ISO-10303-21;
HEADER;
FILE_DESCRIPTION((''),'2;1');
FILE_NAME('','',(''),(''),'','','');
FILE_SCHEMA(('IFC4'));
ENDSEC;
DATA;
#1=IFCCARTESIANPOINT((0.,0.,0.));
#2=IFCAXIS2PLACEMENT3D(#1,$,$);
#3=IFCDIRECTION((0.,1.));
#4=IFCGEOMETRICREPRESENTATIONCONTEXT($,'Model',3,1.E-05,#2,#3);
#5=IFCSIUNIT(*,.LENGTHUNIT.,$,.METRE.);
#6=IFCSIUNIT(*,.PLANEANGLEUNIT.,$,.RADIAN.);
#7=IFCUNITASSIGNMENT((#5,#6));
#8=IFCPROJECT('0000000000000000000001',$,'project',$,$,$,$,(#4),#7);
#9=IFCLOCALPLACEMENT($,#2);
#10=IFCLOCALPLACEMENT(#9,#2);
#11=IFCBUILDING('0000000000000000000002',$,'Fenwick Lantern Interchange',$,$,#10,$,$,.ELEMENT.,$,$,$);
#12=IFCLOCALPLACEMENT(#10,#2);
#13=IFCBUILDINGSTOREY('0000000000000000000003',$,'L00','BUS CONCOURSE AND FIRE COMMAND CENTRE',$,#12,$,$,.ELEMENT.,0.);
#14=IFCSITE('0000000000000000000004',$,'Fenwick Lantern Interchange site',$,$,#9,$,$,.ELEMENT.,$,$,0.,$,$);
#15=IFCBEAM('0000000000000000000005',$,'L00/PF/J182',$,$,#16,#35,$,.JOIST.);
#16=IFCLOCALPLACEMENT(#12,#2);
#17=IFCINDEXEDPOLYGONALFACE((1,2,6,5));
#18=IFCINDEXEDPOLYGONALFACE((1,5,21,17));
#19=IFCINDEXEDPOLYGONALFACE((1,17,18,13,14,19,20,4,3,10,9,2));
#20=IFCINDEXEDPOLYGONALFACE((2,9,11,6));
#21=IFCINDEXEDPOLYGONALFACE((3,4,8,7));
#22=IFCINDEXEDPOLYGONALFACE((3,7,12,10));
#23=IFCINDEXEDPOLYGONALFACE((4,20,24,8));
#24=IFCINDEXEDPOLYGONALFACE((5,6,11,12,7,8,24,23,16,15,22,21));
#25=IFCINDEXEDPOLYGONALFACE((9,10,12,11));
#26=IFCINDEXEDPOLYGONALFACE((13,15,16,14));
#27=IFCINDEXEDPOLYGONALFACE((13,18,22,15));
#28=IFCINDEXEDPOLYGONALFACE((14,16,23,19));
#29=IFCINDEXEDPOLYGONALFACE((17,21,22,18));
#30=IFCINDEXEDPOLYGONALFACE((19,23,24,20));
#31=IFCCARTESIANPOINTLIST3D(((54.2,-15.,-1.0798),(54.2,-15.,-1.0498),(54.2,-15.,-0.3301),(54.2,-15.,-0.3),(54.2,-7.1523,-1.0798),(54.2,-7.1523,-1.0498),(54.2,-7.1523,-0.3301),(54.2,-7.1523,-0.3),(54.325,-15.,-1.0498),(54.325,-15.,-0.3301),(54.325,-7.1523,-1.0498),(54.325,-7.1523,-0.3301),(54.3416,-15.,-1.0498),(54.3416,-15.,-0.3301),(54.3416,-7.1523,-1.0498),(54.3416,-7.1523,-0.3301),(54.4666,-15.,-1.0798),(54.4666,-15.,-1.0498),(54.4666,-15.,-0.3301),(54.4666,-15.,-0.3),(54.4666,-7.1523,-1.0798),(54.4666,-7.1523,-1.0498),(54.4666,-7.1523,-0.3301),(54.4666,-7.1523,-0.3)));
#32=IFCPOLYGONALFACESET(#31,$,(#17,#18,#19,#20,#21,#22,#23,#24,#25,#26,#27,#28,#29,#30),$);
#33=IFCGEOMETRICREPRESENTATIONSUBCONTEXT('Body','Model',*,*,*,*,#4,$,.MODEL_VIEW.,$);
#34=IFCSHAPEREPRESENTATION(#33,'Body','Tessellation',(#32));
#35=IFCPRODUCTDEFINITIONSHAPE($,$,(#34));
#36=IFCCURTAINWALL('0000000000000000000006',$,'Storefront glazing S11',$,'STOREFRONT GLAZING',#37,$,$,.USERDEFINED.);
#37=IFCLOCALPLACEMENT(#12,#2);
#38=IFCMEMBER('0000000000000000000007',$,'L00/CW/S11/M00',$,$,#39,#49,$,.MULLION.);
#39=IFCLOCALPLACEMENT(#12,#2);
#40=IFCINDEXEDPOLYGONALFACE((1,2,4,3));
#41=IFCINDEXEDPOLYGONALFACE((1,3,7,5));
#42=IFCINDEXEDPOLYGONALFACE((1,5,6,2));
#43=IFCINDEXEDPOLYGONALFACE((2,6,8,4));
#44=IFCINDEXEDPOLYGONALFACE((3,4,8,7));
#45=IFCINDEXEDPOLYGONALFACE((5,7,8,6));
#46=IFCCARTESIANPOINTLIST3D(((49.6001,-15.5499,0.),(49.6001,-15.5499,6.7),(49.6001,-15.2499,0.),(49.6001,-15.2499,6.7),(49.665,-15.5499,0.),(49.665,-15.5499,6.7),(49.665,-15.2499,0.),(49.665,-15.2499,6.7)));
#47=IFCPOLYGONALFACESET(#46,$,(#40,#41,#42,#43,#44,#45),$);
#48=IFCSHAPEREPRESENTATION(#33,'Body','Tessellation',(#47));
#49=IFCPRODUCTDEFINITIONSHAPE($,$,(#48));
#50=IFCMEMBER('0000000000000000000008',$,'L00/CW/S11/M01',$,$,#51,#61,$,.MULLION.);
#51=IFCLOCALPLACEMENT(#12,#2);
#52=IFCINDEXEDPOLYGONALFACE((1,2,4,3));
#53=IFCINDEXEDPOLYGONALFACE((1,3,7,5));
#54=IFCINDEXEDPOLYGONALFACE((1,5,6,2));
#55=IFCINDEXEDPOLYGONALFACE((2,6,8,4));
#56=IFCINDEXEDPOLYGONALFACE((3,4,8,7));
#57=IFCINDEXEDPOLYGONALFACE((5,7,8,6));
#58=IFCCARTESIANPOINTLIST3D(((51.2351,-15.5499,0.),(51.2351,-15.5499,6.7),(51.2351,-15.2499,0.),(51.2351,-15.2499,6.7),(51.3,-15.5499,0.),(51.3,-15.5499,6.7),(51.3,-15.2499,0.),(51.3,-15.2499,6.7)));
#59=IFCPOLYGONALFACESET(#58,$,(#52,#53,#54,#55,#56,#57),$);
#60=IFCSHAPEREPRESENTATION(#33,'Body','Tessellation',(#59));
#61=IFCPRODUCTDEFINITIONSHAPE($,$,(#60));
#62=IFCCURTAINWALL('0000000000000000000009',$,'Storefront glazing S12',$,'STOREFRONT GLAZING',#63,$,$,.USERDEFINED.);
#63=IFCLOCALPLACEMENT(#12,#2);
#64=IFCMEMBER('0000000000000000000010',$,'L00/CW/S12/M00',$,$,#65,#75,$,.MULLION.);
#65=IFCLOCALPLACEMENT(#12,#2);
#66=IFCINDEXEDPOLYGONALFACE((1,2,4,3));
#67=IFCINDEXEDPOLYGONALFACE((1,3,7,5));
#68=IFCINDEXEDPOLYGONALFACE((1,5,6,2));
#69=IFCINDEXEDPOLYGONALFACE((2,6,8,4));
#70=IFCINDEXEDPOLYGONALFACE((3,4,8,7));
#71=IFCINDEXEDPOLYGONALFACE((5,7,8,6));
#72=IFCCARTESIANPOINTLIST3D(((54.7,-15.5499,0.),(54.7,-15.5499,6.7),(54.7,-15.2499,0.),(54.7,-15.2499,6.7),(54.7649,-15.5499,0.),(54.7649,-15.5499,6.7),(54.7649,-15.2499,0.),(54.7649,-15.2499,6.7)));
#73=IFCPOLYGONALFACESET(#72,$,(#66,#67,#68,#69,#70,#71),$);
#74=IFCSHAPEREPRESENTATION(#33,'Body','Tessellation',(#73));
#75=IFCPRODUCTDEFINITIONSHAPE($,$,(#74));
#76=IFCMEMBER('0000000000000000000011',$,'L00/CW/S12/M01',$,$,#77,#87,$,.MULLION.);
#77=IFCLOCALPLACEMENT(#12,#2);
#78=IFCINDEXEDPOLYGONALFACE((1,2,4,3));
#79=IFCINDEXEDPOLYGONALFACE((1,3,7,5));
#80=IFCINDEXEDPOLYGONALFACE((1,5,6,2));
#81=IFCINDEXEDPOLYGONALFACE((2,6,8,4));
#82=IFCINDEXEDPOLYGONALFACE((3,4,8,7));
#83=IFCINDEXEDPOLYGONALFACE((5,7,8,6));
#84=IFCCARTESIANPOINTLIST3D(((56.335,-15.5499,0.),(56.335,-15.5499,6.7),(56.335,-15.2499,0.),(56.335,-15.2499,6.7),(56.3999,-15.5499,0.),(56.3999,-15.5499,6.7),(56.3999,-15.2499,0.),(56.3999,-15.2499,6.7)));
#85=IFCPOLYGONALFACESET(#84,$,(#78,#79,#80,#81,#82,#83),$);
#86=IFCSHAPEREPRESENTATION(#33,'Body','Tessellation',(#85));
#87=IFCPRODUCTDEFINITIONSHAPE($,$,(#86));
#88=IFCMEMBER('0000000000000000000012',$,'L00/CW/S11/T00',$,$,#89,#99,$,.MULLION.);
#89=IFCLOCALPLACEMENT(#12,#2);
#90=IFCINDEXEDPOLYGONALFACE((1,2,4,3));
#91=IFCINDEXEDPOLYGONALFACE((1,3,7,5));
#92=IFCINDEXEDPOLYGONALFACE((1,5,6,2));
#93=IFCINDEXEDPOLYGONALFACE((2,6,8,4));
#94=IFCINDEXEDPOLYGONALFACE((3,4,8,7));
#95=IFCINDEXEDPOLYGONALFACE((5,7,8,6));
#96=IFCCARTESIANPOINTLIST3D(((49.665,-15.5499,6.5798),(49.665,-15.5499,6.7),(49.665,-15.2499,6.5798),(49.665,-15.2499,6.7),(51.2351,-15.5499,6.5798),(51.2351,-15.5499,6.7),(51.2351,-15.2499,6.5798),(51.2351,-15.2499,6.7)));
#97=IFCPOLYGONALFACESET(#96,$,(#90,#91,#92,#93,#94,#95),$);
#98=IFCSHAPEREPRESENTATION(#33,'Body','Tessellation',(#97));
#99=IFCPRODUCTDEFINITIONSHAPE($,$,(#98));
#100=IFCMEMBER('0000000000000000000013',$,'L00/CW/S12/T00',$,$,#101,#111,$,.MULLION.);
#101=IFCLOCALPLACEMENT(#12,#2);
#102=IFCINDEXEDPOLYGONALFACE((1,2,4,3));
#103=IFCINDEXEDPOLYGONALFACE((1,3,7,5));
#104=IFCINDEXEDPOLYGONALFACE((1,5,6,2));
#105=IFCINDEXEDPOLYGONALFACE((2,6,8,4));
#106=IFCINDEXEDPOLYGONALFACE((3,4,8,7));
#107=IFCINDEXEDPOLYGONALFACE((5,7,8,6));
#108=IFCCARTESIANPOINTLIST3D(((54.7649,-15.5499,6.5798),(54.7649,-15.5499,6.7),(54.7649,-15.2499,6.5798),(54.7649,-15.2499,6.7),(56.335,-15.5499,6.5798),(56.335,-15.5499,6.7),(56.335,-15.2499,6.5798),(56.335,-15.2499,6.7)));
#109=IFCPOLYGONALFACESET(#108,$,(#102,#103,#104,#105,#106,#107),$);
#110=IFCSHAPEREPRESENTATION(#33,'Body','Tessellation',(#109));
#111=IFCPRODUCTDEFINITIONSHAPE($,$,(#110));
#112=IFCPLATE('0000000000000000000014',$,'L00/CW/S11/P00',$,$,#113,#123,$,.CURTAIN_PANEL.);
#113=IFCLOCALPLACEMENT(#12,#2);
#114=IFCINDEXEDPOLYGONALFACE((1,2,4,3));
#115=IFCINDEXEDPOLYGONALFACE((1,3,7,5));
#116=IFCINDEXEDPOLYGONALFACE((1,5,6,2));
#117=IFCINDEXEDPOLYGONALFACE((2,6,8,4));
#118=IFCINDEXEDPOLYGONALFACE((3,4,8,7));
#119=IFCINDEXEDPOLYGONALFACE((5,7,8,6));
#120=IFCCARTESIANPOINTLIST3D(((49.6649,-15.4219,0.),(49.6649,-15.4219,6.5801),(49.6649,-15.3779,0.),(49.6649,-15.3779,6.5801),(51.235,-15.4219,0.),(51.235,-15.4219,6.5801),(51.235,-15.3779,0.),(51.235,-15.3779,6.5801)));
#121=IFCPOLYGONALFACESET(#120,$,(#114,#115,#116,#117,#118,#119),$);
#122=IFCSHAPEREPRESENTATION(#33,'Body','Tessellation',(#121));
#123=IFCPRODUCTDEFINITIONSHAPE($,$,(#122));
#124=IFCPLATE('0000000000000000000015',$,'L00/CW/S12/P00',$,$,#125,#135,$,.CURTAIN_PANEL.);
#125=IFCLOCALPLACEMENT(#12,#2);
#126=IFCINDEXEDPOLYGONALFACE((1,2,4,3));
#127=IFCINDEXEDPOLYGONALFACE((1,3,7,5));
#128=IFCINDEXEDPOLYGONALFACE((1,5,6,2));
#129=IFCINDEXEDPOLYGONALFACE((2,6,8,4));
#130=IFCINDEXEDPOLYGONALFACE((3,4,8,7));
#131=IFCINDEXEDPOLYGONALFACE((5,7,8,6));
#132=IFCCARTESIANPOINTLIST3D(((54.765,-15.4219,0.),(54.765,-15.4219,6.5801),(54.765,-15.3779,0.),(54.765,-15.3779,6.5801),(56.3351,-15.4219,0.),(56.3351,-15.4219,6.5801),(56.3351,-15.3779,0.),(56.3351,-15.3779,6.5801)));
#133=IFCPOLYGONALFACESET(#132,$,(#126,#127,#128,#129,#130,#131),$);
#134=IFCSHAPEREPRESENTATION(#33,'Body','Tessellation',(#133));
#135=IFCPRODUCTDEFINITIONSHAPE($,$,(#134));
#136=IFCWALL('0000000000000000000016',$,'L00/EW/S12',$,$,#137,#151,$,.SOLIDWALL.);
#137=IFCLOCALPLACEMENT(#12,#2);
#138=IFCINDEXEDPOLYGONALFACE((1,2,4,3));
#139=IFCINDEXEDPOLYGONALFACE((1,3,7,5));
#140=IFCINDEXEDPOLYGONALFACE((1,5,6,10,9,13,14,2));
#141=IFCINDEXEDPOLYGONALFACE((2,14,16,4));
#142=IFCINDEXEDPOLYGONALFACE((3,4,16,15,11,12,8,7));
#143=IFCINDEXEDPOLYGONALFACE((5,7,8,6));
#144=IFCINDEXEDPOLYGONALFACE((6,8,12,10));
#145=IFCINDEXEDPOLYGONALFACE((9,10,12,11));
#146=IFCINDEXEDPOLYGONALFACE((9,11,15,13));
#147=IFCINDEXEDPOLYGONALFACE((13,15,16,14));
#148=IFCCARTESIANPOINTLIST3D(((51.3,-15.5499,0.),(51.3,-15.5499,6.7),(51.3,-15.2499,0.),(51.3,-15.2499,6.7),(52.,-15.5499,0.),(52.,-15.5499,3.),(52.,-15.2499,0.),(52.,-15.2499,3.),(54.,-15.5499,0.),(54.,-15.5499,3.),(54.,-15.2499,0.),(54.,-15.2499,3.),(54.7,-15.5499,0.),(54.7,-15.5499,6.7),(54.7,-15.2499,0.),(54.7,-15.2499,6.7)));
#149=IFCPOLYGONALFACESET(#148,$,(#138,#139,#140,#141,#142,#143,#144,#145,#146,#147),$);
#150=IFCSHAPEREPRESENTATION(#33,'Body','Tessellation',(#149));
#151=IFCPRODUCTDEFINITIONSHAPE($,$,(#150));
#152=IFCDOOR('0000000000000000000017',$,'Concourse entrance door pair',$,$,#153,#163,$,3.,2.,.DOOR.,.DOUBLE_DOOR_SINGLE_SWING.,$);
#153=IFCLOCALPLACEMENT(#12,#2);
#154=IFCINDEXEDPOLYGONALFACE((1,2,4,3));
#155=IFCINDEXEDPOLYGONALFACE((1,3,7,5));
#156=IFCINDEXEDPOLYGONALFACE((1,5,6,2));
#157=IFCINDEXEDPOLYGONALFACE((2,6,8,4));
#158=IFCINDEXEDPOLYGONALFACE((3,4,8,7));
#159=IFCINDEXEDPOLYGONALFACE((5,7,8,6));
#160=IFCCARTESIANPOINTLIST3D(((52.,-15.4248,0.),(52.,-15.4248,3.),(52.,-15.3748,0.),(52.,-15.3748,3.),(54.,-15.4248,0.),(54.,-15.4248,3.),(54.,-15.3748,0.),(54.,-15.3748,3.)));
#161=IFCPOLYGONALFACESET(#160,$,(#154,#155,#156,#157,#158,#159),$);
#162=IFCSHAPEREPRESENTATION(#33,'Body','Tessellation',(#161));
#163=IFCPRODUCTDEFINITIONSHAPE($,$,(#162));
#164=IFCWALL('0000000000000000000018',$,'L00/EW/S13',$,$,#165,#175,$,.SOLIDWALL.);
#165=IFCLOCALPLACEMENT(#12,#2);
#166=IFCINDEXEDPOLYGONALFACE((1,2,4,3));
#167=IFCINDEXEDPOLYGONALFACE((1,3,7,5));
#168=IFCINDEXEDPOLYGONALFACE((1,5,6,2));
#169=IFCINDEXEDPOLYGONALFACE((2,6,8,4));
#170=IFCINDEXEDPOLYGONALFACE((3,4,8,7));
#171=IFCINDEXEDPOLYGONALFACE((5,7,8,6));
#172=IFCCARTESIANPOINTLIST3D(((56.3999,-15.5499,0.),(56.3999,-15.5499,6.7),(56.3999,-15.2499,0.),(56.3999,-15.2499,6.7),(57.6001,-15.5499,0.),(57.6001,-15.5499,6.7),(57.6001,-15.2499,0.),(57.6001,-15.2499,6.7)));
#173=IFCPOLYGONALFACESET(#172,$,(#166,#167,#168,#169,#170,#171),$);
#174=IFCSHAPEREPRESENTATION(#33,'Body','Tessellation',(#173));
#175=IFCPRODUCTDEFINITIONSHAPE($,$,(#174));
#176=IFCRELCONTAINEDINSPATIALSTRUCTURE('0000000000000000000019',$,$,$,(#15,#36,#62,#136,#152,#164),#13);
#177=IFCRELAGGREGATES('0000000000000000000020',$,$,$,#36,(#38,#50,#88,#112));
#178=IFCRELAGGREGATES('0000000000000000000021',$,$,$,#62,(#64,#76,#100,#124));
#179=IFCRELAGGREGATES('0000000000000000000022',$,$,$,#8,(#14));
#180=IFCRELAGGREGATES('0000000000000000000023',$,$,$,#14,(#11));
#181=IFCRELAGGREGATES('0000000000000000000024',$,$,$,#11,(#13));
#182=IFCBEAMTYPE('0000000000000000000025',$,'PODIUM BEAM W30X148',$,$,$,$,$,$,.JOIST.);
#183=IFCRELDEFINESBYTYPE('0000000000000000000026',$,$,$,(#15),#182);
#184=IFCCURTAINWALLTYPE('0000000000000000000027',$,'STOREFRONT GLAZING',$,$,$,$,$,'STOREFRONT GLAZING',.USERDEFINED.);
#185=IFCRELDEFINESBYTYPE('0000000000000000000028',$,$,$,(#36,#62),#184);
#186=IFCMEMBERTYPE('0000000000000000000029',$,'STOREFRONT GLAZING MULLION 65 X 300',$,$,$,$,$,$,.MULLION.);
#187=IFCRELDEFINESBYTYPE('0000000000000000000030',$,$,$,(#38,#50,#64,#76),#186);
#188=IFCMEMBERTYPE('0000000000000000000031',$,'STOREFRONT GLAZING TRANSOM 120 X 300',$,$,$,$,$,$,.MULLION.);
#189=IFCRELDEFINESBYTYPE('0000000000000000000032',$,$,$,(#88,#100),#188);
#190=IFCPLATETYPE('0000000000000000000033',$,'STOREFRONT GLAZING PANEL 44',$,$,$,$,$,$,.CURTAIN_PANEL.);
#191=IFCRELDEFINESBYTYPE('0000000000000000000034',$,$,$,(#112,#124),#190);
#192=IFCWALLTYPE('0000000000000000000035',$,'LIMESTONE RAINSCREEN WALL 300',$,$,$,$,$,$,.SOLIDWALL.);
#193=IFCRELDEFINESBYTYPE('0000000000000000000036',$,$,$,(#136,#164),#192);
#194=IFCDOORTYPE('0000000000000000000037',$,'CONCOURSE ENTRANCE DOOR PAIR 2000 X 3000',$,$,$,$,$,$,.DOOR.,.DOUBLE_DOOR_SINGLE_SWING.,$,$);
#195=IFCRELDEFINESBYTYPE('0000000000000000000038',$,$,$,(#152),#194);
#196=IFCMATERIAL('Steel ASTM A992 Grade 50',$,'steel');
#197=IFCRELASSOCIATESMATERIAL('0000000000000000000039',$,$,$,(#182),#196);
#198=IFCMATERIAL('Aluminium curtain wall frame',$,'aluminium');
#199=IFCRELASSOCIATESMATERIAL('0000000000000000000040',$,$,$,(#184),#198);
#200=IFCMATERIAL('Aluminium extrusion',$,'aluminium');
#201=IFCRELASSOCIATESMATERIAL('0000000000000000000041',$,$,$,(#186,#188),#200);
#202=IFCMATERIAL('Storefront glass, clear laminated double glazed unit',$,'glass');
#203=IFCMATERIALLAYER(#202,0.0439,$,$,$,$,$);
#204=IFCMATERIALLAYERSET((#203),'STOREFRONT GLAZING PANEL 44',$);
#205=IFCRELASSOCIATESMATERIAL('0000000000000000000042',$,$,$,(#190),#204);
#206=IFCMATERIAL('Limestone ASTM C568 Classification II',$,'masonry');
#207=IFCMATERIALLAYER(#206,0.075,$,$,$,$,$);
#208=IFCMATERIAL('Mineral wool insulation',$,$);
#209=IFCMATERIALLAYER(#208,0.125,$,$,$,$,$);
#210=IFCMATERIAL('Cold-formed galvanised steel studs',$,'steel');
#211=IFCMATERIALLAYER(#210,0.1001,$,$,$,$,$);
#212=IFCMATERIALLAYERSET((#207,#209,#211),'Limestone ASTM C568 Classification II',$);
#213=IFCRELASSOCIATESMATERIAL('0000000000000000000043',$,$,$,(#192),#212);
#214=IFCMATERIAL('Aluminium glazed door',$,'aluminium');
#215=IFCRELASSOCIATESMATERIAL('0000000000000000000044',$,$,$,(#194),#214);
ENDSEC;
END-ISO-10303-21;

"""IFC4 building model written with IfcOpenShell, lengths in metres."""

from ifc_helpers import new_model, si_unit, direction, frame, frame_2d, origin, origin_2d, place, context, subcontext, project, spatial, rectangle, i_section, extrude, material, layer, layer_set, material_profile, profile_set, type_object, element, fill, aggregate, save


model = new_model("IFC4")

# Units and contexts
model_context = context("Model", 3, precision=1e-05, world=origin(), true_north=direction((0.0, 1.0)))
body_context = subcontext(model_context, "Body", "Model", "MODEL_VIEW")
ifc_project = project(units=[si_unit("LENGTHUNIT", "METRE"), si_unit("PLANEANGLEUNIT", "RADIAN")], contexts=[model_context])

# Site, building, storey
site_placement = place(None, origin())
site = spatial("IfcSite", under=ifc_project, at=site_placement, Name="Fenwick Lantern Interchange site", CompositionType="ELEMENT", RefElevation=0.0)
building_placement = place(site_placement, origin())
building = spatial("IfcBuilding", under=site, at=building_placement, Name="Fenwick Lantern Interchange", CompositionType="ELEMENT")
storey_placement = place(building_placement, origin())
storey = spatial("IfcBuildingStorey", under=building, at=storey_placement, Name="L00", Description="BUS CONCOURSE AND FIRE COMMAND CENTRE", CompositionType="ELEMENT", Elevation=0.0)

# Shared definitions
ifc_material_1 = material(Name="Steel ASTM A992 Grade 50", Category="steel")

# Beam
ifc_material_profile_1 = material_profile(ifc_material_1, i_section(OverallWidth=0.2666, OverallDepth=0.7798, WebThickness=0.0166, FlangeThickness=0.03, at=origin_2d()), Name="W30X148")
ifc_profile_set_1 = profile_set([ifc_material_profile_1], Name="Steel ASTM A992 Grade 50")
beam_type_1 = type_object("IfcBeamType", Name="PODIUM BEAM W30X148", PredefinedType="JOIST", material=ifc_profile_set_1)
for number, where, z_axis, x_axis, name in (
    (1, (54.3333, -15.0, -0.6899), (0.0, 1.0, 0.0), (-1.0, 0.0, 0.0), "L00/PF/J182"),
):
    element("IfcBeam", number, at=place(storey_placement, frame(where, z_axis=z_axis, x_axis=x_axis)), inside=storey, type_object=beam_type_1, Name=name, PredefinedType="JOIST", context=body_context, shape_type="SweptSolid", body=[
        extrude(i_section(OverallWidth=0.2666, OverallDepth=0.7798, WebThickness=0.0166, FlangeThickness=0.03, at=origin_2d()), origin(), (0.0, 0.0, 1.0), 7.8477),
    ])

# Curtain walls, members
ifc_material_2 = material(Name="Aluminium curtain wall frame", Category="aluminium")
curtain_wall_type = type_object("IfcCurtainWallType", Name="STOREFRONT GLAZING", ElementType="STOREFRONT GLAZING", PredefinedType="USERDEFINED", material=ifc_material_2)
curtain_wall_1_placement = place(storey_placement, origin())
curtain_wall_1 = element("IfcCurtainWall", 2, at=curtain_wall_1_placement, inside=storey, type_object=curtain_wall_type, Name="Storefront glazing S11", ObjectType="STOREFRONT GLAZING", PredefinedType="USERDEFINED")
ifc_material_3 = material(Name="Aluminium extrusion", Category="aluminium")
ifc_material_profile_2 = material_profile(ifc_material_3, rectangle(XDim=0.3, YDim=0.0649, at=origin_2d()), Name="STOREFRONT GLAZING MULLION 65 X 300")
ifc_profile_set_2 = profile_set([ifc_material_profile_2], Name="Aluminium extrusion")
member_type_1 = type_object("IfcMemberType", Name="STOREFRONT GLAZING MULLION 65 X 300", PredefinedType="MULLION", material=ifc_profile_set_2)
member_1_placement = place(storey_placement, frame((49.6326, -15.3999, 0.0), z_axis=(0.0, 0.0, 1.0), x_axis=(0.0, 1.0, 0.0)))
member_1 = element("IfcMember", 3, at=member_1_placement, type_object=member_type_1, Name="L00/CW/S11/M00", PredefinedType="MULLION", context=body_context, shape_type="SweptSolid", body=[
    extrude(rectangle(XDim=0.3, YDim=0.0649, at=origin_2d()), origin(), (0.0, 0.0, 1.0), 6.7),
])
member_2_placement = place(storey_placement, frame((51.2676, -15.3999, 0.0), z_axis=(0.0, 0.0, 1.0), x_axis=(0.0, 1.0, 0.0)))
member_2 = element("IfcMember", 4, at=member_2_placement, type_object=member_type_1, Name="L00/CW/S11/M01", PredefinedType="MULLION", context=body_context, shape_type="SweptSolid", body=[
    extrude(rectangle(XDim=0.3, YDim=0.0649, at=origin_2d()), origin(), (0.0, 0.0, 1.0), 6.7),
])
curtain_wall_2_placement = place(storey_placement, origin())
curtain_wall_2 = element("IfcCurtainWall", 5, at=curtain_wall_2_placement, inside=storey, type_object=curtain_wall_type, Name="Storefront glazing S12", ObjectType="STOREFRONT GLAZING", PredefinedType="USERDEFINED")
member_3_placement = place(storey_placement, frame((54.7324, -15.3999, 0.0), z_axis=(0.0, 0.0, 1.0), x_axis=(0.0, 1.0, 0.0)))
member_3 = element("IfcMember", 6, at=member_3_placement, type_object=member_type_1, Name="L00/CW/S12/M00", PredefinedType="MULLION", context=body_context, shape_type="SweptSolid", body=[
    extrude(rectangle(XDim=0.3, YDim=0.0649, at=origin_2d()), origin(), (0.0, 0.0, 1.0), 6.7),
])
member_4_placement = place(storey_placement, frame((56.3674, -15.3999, 0.0), z_axis=(0.0, 0.0, 1.0), x_axis=(0.0, 1.0, 0.0)))
member_4 = element("IfcMember", 7, at=member_4_placement, type_object=member_type_1, Name="L00/CW/S12/M01", PredefinedType="MULLION", context=body_context, shape_type="SweptSolid", body=[
    extrude(rectangle(XDim=0.3, YDim=0.0649, at=origin_2d()), origin(), (0.0, 0.0, 1.0), 6.7),
])

# Members
ifc_material_profile_3 = material_profile(ifc_material_3, rectangle(XDim=0.3, YDim=0.1201, at=origin_2d()), Name="STOREFRONT GLAZING TRANSOM 120 X 300")
ifc_profile_set_3 = profile_set([ifc_material_profile_3], Name="Aluminium extrusion")
member_type_2 = type_object("IfcMemberType", Name="STOREFRONT GLAZING TRANSOM 120 X 300", PredefinedType="MULLION", material=ifc_profile_set_3)
member_5_placement = place(storey_placement, frame((49.665, -15.3999, 6.6399), z_axis=(1.0, 0.0, 0.0), x_axis=(0.0, 1.0, 0.0)))
member_5 = element("IfcMember", 8, at=member_5_placement, type_object=member_type_2, Name="L00/CW/S11/T00", PredefinedType="MULLION", context=body_context, shape_type="SweptSolid", body=[
    extrude(rectangle(XDim=0.3, YDim=0.1201, at=origin_2d()), origin(), (0.0, 0.0, 1.0), 1.5701),
])
member_6_placement = place(storey_placement, frame((54.7649, -15.3999, 6.6399), z_axis=(1.0, 0.0, 0.0), x_axis=(0.0, 1.0, 0.0)))
member_6 = element("IfcMember", 9, at=member_6_placement, type_object=member_type_2, Name="L00/CW/S12/T00", PredefinedType="MULLION", context=body_context, shape_type="SweptSolid", body=[
    extrude(rectangle(XDim=0.3, YDim=0.1201, at=origin_2d()), origin(), (0.0, 0.0, 1.0), 1.5701),
])

# Plates
ifc_material_4 = material(Name="Storefront glass, clear laminated double glazed unit", Category="glass")
ifc_layer_1 = layer(ifc_material_4, 0.0439)
ifc_layer_set_1 = layer_set([ifc_layer_1], Name="STOREFRONT GLAZING PANEL 44")
plate_type = type_object("IfcPlateType", Name="STOREFRONT GLAZING PANEL 44", PredefinedType="CURTAIN_PANEL", material=ifc_layer_set_1)
plate_1_placement = place(storey_placement, frame((50.45, -15.3999, 0.0), z_axis=(0.0, 0.0, 1.0), x_axis=(1.0, 0.0, 0.0)))
plate_1 = element("IfcPlate", 10, at=plate_1_placement, type_object=plate_type, Name="L00/CW/S11/P00", PredefinedType="CURTAIN_PANEL", context=body_context, shape_type="SweptSolid", body=[
    extrude(rectangle(XDim=1.5701, YDim=0.0439, at=origin_2d()), origin(), (0.0, 0.0, 1.0), 6.5801),
])
aggregate(curtain_wall_1, [member_1, member_2, member_5, plate_1])
plate_2_placement = place(storey_placement, frame((55.55, -15.3999, 0.0), z_axis=(0.0, 0.0, 1.0), x_axis=(1.0, 0.0, 0.0)))
plate_2 = element("IfcPlate", 11, at=plate_2_placement, type_object=plate_type, Name="L00/CW/S12/P00", PredefinedType="CURTAIN_PANEL", context=body_context, shape_type="SweptSolid", body=[
    extrude(rectangle(XDim=1.5701, YDim=0.0439, at=origin_2d()), origin(), (0.0, 0.0, 1.0), 6.5801),
])
aggregate(curtain_wall_2, [member_3, member_4, member_6, plate_2])

# Wall, opening, door
ifc_material_5 = material(Name="Limestone ASTM C568 Classification II", Category="masonry")
ifc_layer_2 = layer(ifc_material_5, 0.075)
ifc_material_6 = material(Name="Mineral wool insulation")
ifc_layer_3 = layer(ifc_material_6, 0.125)
ifc_material_7 = material(Name="Cold-formed galvanised steel studs", Category="steel")
ifc_layer_4 = layer(ifc_material_7, 0.1001)
ifc_layer_set_2 = layer_set([ifc_layer_2, ifc_layer_3, ifc_layer_4], Name="Limestone ASTM C568 Classification II")
wall_type_1 = type_object("IfcWallType", Name="LIMESTONE RAINSCREEN WALL 300", PredefinedType="SOLIDWALL", material=ifc_layer_set_2)
wall_1_placement = place(storey_placement, frame((51.3, -15.3999, 0.0), z_axis=(0.0, 0.0, 1.0), x_axis=(1.0, 0.0, 0.0)))
wall_1 = element("IfcWall", 12, at=wall_1_placement, inside=storey, type_object=wall_type_1, Name="L00/EW/S12", PredefinedType="SOLIDWALL", context=body_context, shape_type="SweptSolid", body=[
    extrude(rectangle(XDim=3.3999, YDim=0.3, at=frame_2d((1.7, 0.0))), origin(), (0.0, 0.0, 1.0), 6.7),
])
opening_placement = place(wall_1_placement, frame((0.7, 0.0, 0.0)))
opening = element("IfcOpeningElement", 13, at=opening_placement, cuts=wall_1, PredefinedType="OPENING", context=body_context, shape_type="SweptSolid", body=[
    extrude(rectangle(XDim=2.0, YDim=3.0, at=frame_2d((1.0, 1.5))), frame((0.0, 0.1599, 0.0), z_axis=(0.0, -1.0, 0.0), x_axis=(1.0, 0.0, 0.0)), (0.0, 0.0, 1.0), 0.3201),
])
ifc_material_8 = material(Name="Aluminium glazed door", Category="aluminium")
door_type = type_object("IfcDoorType", Name="CONCOURSE ENTRANCE DOOR PAIR 2000 X 3000", OperationType="DOUBLE_DOOR_SINGLE_SWING", PredefinedType="DOOR", material=ifc_material_8)
door_placement = place(opening_placement, frame((2.0, 0.0, 0.0), z_axis=(0.0, 0.0, 1.0), x_axis=(-1.0, 0.0, 0.0)))
door = element("IfcDoor", 14, at=door_placement, inside=storey, type_object=door_type, Name="Concourse entrance door pair", OperationType="DOUBLE_DOOR_SINGLE_SWING", OverallHeight=3.0, OverallWidth=2.0, PredefinedType="DOOR", context=body_context, shape_type="SweptSolid", body=[
    extrude(rectangle(XDim=2.0, YDim=3.0, at=frame_2d((1.0, 1.5))), frame((0.0, 0.0249, 0.0), z_axis=(0.0, -1.0, 0.0), x_axis=(1.0, 0.0, 0.0)), (0.0, 0.0, 1.0), 0.05),
])
fill(opening, door)

# Wall
wall_2_placement = place(storey_placement, frame((56.3999, -15.3999, 0.0), z_axis=(0.0, 0.0, 1.0), x_axis=(1.0, 0.0, 0.0)))
element("IfcWall", 15, at=wall_2_placement, inside=storey, type_object=wall_type_1, Name="L00/EW/S13", PredefinedType="SOLIDWALL", context=body_context, shape_type="SweptSolid", body=[
    extrude(rectangle(XDim=1.2002, YDim=0.3, at=frame_2d((0.6001, 0.0))), origin(), (0.0, 0.0, 1.0), 6.7),
])

save(model, "model.ifc")
